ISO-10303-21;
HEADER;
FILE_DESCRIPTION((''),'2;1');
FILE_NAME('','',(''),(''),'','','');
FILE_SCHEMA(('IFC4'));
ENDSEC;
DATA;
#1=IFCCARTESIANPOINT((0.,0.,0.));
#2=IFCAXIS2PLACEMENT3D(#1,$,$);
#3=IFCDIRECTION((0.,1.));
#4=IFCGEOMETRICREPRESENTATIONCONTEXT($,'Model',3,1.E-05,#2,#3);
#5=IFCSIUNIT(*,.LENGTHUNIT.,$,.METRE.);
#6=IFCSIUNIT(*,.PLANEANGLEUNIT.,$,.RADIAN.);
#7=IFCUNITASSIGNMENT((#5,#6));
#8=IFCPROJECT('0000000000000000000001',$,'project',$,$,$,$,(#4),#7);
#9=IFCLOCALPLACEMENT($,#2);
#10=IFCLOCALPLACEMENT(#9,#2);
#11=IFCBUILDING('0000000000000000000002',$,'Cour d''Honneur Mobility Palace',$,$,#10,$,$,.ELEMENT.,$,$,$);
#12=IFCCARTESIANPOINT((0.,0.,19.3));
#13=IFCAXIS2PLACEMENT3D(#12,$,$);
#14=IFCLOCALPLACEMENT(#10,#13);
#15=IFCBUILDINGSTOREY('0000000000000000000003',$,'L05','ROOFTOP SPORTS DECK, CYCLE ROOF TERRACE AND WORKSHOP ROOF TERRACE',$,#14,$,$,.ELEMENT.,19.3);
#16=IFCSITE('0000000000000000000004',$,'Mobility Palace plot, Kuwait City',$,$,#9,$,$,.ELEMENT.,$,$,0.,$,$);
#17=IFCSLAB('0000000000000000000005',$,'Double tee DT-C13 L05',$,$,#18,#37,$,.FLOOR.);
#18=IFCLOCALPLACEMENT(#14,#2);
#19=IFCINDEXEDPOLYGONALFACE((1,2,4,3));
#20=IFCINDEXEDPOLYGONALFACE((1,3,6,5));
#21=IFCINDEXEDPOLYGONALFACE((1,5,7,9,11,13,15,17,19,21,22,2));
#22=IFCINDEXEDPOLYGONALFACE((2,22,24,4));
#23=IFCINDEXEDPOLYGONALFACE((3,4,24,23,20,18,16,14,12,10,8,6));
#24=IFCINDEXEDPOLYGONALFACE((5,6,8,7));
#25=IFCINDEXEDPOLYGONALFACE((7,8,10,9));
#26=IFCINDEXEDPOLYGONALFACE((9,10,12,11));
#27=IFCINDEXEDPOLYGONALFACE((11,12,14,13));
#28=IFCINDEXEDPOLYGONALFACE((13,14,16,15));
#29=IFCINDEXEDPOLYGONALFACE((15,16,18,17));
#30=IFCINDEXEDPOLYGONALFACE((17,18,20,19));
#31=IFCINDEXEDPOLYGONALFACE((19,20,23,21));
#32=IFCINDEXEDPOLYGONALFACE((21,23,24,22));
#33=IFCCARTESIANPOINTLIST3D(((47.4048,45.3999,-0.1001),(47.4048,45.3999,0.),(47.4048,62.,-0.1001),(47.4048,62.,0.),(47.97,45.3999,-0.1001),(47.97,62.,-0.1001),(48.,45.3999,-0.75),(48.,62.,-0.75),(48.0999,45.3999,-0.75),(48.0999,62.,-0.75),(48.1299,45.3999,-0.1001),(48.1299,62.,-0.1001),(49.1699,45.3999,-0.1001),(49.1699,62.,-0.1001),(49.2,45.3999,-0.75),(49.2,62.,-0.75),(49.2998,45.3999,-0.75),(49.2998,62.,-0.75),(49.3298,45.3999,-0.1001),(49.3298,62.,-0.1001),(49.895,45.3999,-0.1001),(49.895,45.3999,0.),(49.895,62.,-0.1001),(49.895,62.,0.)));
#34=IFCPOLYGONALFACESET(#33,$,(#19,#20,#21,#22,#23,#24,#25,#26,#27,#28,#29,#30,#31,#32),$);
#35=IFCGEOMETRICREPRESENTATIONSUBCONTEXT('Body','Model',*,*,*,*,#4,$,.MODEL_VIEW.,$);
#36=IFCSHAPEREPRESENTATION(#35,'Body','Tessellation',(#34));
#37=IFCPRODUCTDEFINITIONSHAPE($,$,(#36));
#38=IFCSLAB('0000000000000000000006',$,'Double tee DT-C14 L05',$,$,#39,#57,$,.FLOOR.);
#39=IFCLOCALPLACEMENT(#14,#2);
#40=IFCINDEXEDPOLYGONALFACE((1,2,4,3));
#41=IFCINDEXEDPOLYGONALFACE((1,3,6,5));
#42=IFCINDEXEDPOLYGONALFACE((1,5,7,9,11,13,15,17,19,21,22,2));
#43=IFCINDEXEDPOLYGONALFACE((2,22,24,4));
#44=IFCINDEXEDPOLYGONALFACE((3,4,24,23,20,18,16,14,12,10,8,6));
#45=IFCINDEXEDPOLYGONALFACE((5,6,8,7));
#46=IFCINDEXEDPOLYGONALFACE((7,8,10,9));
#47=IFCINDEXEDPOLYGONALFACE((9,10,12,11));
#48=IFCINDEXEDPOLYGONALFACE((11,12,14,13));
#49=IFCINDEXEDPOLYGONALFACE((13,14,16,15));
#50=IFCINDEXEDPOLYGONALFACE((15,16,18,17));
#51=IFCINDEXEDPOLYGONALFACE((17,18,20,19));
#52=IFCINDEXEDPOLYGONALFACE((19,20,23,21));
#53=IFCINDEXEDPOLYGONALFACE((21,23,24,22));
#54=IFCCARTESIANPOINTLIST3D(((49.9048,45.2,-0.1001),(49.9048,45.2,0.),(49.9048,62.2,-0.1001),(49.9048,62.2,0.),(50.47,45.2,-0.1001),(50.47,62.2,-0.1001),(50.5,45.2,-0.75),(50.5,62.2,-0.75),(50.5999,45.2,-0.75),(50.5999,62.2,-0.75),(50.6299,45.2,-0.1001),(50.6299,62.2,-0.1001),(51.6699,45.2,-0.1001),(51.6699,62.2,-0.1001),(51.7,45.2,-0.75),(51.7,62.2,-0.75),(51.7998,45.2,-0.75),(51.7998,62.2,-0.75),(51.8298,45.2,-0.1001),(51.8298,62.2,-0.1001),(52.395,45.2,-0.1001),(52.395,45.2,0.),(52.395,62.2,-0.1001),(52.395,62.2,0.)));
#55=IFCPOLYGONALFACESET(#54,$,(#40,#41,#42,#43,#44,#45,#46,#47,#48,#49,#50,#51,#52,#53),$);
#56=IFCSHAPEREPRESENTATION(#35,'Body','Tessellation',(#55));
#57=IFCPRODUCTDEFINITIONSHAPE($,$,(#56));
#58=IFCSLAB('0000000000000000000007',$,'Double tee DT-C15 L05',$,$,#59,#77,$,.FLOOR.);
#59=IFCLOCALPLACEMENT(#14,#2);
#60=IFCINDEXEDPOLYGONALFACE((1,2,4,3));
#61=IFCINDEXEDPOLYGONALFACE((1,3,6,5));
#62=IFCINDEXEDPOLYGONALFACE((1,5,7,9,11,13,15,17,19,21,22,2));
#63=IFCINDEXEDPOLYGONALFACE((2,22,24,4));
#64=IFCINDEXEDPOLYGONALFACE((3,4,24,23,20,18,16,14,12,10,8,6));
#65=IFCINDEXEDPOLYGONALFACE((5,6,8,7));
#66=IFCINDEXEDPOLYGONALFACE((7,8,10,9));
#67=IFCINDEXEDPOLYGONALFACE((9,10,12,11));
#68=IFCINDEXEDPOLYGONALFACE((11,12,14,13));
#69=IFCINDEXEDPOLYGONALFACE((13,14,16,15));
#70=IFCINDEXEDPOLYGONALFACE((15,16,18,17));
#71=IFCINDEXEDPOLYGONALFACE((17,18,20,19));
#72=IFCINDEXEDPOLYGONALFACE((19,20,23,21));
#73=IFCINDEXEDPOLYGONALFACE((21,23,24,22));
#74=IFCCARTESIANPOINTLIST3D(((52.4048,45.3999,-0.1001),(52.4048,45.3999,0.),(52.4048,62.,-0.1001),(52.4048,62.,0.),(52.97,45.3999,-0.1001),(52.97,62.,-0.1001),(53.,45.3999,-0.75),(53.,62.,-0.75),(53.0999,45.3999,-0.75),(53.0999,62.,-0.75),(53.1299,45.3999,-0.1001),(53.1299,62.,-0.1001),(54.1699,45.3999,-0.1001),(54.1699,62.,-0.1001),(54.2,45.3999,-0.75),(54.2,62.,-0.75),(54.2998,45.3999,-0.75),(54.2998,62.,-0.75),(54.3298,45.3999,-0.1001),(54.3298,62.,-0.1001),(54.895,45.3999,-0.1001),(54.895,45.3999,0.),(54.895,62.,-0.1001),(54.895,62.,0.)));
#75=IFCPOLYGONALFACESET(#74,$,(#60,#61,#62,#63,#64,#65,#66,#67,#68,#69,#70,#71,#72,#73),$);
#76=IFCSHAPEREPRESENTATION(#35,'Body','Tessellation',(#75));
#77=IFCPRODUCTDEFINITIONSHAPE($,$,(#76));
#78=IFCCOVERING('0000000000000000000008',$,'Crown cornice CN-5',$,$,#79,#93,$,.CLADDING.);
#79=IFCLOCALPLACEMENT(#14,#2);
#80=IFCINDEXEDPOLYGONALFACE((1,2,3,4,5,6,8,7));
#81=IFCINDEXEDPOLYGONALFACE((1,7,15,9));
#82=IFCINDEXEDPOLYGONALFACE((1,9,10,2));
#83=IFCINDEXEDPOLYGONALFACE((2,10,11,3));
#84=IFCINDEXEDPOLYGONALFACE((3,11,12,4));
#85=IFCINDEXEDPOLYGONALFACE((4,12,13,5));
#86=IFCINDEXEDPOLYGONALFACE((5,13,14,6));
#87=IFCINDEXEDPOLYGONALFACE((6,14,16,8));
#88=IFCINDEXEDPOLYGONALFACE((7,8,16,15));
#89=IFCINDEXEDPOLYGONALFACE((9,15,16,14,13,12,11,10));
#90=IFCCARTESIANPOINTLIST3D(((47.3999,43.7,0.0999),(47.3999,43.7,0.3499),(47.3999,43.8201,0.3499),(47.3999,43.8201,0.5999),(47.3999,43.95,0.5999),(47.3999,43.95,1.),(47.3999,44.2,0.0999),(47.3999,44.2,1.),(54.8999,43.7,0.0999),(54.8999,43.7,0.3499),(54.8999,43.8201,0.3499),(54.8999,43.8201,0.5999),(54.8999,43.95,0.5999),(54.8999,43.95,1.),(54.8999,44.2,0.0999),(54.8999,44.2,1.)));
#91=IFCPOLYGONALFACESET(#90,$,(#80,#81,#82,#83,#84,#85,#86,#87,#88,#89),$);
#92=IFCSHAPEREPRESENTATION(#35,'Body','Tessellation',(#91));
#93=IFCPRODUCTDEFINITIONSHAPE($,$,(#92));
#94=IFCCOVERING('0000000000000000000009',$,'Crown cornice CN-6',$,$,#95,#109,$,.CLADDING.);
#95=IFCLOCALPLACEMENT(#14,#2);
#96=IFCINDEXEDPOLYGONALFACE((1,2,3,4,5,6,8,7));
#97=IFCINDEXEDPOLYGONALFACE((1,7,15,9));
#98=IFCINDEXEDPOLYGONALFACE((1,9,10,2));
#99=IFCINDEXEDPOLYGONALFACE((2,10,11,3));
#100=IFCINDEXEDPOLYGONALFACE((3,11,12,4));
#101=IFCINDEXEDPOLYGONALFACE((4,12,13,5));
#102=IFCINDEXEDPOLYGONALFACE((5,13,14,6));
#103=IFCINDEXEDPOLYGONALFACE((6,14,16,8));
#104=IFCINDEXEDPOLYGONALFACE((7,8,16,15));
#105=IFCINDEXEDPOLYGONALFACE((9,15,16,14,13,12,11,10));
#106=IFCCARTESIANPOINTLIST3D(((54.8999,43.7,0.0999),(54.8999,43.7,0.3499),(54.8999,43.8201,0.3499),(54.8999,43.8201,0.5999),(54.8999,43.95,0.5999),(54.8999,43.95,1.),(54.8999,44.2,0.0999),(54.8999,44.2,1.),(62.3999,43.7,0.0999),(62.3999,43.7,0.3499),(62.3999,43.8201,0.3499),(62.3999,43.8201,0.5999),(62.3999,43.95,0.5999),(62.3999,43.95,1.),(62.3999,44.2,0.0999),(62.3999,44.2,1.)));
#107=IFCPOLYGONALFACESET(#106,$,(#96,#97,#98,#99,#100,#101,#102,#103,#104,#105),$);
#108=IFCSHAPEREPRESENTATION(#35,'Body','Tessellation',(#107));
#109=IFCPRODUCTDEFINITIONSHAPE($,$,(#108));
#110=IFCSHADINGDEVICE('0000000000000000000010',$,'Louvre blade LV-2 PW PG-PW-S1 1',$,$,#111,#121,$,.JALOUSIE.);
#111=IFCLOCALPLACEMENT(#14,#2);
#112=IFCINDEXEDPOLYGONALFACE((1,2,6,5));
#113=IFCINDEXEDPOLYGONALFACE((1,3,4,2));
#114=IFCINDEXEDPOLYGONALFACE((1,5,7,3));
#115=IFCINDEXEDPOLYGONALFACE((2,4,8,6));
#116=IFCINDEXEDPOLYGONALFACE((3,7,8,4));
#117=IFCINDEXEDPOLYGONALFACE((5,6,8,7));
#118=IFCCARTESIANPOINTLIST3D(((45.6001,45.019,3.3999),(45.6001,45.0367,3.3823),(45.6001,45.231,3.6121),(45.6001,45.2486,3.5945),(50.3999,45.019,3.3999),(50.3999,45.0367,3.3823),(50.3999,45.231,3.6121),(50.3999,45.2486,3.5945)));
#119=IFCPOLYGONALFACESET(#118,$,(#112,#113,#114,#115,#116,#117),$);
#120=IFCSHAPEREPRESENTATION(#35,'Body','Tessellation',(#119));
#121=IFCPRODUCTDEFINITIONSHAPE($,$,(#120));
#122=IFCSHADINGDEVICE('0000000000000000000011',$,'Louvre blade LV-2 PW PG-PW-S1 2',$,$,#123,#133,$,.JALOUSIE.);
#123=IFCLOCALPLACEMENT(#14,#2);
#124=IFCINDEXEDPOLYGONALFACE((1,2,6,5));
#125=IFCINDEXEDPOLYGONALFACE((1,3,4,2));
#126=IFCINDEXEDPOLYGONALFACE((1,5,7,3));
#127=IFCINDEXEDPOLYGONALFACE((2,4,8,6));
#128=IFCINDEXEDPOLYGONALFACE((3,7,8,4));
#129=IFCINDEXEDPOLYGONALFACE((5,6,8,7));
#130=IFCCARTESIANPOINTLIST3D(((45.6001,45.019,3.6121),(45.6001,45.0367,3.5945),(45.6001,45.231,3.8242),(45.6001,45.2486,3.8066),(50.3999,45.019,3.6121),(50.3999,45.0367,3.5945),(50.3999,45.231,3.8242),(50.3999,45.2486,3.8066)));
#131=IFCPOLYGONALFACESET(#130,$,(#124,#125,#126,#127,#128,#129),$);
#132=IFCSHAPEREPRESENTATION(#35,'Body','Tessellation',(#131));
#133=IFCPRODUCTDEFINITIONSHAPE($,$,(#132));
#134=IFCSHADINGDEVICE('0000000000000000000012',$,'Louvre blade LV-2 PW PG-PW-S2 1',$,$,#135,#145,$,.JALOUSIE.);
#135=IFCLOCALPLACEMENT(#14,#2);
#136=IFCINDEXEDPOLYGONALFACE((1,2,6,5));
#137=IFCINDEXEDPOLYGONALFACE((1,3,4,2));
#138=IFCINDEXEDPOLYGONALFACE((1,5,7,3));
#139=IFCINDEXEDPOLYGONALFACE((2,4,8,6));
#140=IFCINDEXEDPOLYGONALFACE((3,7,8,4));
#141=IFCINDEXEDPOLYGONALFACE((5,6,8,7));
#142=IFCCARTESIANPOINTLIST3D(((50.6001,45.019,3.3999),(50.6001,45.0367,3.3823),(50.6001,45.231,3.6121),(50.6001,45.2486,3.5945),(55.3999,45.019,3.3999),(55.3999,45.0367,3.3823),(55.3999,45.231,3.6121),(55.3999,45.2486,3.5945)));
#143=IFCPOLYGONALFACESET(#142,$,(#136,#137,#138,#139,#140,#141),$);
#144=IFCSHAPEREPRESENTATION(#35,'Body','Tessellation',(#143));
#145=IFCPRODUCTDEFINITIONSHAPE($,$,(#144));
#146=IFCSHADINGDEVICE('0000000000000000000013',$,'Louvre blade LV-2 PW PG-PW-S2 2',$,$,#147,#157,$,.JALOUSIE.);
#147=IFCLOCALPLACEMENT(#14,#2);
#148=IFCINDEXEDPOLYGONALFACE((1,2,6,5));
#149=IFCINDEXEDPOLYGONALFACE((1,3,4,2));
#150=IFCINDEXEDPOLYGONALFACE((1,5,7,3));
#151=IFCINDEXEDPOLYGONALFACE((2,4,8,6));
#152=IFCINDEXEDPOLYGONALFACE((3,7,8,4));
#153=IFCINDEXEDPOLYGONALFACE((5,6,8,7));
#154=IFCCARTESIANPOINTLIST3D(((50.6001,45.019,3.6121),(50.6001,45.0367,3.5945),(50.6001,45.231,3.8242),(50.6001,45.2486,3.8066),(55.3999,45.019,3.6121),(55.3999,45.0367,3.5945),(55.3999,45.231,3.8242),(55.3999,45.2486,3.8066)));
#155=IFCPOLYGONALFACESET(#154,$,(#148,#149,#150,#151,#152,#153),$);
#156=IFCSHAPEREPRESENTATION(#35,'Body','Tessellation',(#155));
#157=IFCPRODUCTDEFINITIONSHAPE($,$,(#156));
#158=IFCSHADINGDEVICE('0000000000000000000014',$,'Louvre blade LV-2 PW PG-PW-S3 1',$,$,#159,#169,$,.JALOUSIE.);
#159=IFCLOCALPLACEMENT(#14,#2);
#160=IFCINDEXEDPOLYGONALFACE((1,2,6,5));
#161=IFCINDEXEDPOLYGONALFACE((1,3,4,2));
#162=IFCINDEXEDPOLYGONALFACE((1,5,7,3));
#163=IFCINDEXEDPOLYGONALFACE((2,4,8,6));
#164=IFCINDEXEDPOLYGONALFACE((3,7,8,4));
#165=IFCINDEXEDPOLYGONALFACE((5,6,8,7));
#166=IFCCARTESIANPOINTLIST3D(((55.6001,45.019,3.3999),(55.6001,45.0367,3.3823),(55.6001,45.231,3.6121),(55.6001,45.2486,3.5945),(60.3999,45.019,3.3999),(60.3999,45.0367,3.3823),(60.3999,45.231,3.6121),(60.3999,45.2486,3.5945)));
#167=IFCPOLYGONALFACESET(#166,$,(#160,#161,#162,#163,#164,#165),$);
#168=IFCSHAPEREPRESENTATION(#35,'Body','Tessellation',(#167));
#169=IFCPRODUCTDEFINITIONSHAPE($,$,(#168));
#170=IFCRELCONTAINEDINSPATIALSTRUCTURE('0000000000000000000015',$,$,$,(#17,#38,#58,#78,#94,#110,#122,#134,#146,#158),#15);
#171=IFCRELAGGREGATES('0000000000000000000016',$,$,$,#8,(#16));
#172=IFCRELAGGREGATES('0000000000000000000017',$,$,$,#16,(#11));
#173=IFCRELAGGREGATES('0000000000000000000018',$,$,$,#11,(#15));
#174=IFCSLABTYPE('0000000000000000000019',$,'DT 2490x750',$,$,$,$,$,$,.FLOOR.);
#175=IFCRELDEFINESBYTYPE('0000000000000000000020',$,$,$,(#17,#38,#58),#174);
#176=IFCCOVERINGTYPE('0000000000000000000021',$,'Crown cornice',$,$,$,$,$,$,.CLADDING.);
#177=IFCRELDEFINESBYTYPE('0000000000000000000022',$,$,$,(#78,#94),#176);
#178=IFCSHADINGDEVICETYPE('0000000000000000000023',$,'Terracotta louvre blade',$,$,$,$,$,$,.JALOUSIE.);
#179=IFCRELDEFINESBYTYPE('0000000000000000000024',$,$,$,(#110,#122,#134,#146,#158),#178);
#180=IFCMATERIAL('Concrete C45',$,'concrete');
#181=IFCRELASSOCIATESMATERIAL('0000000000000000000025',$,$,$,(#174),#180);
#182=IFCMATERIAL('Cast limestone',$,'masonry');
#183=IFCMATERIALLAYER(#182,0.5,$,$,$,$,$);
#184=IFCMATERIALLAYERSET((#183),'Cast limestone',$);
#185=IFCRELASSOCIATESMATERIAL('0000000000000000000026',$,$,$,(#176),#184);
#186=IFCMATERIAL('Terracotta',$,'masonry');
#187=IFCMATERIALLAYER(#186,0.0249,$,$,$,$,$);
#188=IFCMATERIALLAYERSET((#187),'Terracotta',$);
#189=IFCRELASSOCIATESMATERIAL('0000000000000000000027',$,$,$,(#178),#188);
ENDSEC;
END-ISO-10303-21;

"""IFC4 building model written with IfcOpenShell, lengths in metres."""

from ifc_helpers import new_model, si_unit, direction, frame, origin, place, context, subcontext, project, spatial, polyline, outline, extrude, material, layer, layer_set, material_profile, profile_set, type_object, element, save


model = new_model("IFC4")

# Units and contexts
model_context = context("Model", 3, precision=1e-05, world=origin(), true_north=direction((0.0, 1.0)))
body_context = subcontext(model_context, "Body", "Model", "MODEL_VIEW")
ifc_project = project(units=[si_unit("LENGTHUNIT", "METRE"), si_unit("PLANEANGLEUNIT", "RADIAN")], contexts=[model_context])

# Site, building, storey
site_placement = place(None, origin())
site = spatial("IfcSite", under=ifc_project, at=site_placement, Name="Mobility Palace plot, Kuwait City", CompositionType="ELEMENT", RefElevation=0.0)
building_placement = place(site_placement, origin())
building = spatial("IfcBuilding", under=site, at=building_placement, Name="Cour d'Honneur Mobility Palace", CompositionType="ELEMENT")
storey_placement = place(building_placement, frame((0.0, 0.0, 19.3)))
storey = spatial("IfcBuildingStorey", under=building, at=storey_placement, Name="L05", Description="ROOFTOP SPORTS DECK, CYCLE ROOF TERRACE AND WORKSHOP ROOF TERRACE", CompositionType="ELEMENT", Elevation=19.3)

# Slabs
ifc_material_1 = material(Name="Concrete C45", Category="concrete")
ifc_material_profile_1 = material_profile(ifc_material_1, outline(polyline([(-1.2451, 0.0), (1.2451, 0.0), (1.2451, -0.1001), (0.6799, -0.1001), (0.6499, -0.75), (0.55, -0.75), (0.52, -0.1001), (-0.52, -0.1001), (-0.55, -0.75), (-0.6499, -0.75), (-0.6799, -0.1001), (-1.2451, -0.1001), (-1.2451, 0.0)])), Name="DT 2490x750")
ifc_profile_set_1 = profile_set([ifc_material_profile_1], Name="Concrete C45")
slab_type = type_object("IfcSlabType", Name="DT 2490x750", PredefinedType="FLOOR", material=ifc_profile_set_1)
for number, where, z_axis, x_axis, name in (
    (1, (48.6499, 45.3999, 0.0), (0.0, 1.0, 0.0), (-1.0, 0.0, 0.0), "Double tee DT-C13 L05"),
):
    element("IfcSlab", number, at=place(storey_placement, frame(where, z_axis=z_axis, x_axis=x_axis)), inside=storey, type_object=slab_type, Name=name, PredefinedType="FLOOR", context=body_context, shape_type="SweptSolid", body=[
        extrude(outline(polyline([(-1.2451, 0.0), (1.2451, 0.0), (1.2451, -0.1001), (0.6799, -0.1001), (0.6499, -0.75), (0.55, -0.75), (0.52, -0.1001), (-0.52, -0.1001), (-0.55, -0.75), (-0.6499, -0.75), (-0.6799, -0.1001), (-1.2451, -0.1001), (-1.2451, 0.0)])), origin(), (0.0, 0.0, 1.0), 16.6001),
    ])
slab_1_placement = place(storey_placement, frame((51.1499, 45.2, 0.0), z_axis=(0.0, 1.0, 0.0), x_axis=(-1.0, 0.0, 0.0)))
element("IfcSlab", 2, at=slab_1_placement, inside=storey, type_object=slab_type, Name="Double tee DT-C14 L05", PredefinedType="FLOOR", context=body_context, shape_type="SweptSolid", body=[
    extrude(outline(polyline([(-1.2451, 0.0), (1.2451, 0.0), (1.2451, -0.1001), (0.6799, -0.1001), (0.6499, -0.75), (0.55, -0.75), (0.52, -0.1001), (-0.52, -0.1001), (-0.55, -0.75), (-0.6499, -0.75), (-0.6799, -0.1001), (-1.2451, -0.1001), (-1.2451, 0.0)])), origin(), (0.0, 0.0, 1.0), 17.0),
])
slab_2_placement = place(storey_placement, frame((53.6499, 45.3999, 0.0), z_axis=(0.0, 1.0, 0.0), x_axis=(-1.0, 0.0, 0.0)))
element("IfcSlab", 3, at=slab_2_placement, inside=storey, type_object=slab_type, Name="Double tee DT-C15 L05", PredefinedType="FLOOR", context=body_context, shape_type="SweptSolid", body=[
    extrude(outline(polyline([(-1.2451, 0.0), (1.2451, 0.0), (1.2451, -0.1001), (0.6799, -0.1001), (0.6499, -0.75), (0.55, -0.75), (0.52, -0.1001), (-0.52, -0.1001), (-0.55, -0.75), (-0.6499, -0.75), (-0.6799, -0.1001), (-1.2451, -0.1001), (-1.2451, 0.0)])), origin(), (0.0, 0.0, 1.0), 16.6001),
])

# Coverings
ifc_material_2 = material(Name="Cast limestone", Category="masonry")
ifc_layer_1 = layer(ifc_material_2, 0.5)
ifc_layer_set_1 = layer_set([ifc_layer_1], Name="Cast limestone")
covering_type = type_object("IfcCoveringType", Name="Crown cornice", PredefinedType="CLADDING", material=ifc_layer_set_1)
for number, where, z_axis, x_axis, name in (
    (4, (47.3999, 44.2, 0.0999), (-1.0, 0.0, 0.0), (0.0, -1.0, 0.0), "Crown cornice CN-5"),
    (5, (54.8999, 44.2, 0.0999), (-1.0, 0.0, 0.0), (0.0, -1.0, 0.0), "Crown cornice CN-6"),
):
    element("IfcCovering", number, at=place(storey_placement, frame(where, z_axis=z_axis, x_axis=x_axis)), inside=storey, type_object=covering_type, Name=name, PredefinedType="CLADDING", context=body_context, shape_type="SweptSolid", body=[
        extrude(outline(polyline([(0.0, 0.0), (0.5, 0.0), (0.5, 0.25), (0.3799, 0.25), (0.3799, 0.5), (0.25, 0.5), (0.25, 0.9001), (0.0, 0.9001), (0.0, 0.0)])), origin(), (0.0, 0.0, -1.0), 7.5),
    ])

# Shading devices
ifc_material_3 = material(Name="Terracotta", Category="masonry")
ifc_layer_2 = layer(ifc_material_3, 0.0249)
ifc_layer_set_2 = layer_set([ifc_layer_2], Name="Terracotta")
shading_device_type = type_object("IfcShadingDeviceType", Name="Terracotta louvre blade", PredefinedType="JALOUSIE", material=ifc_layer_set_2)
for number, where, z_axis, x_axis, name in (
    (6, (45.6001, 45.019, 3.3999), (0.0, -0.707514, 0.7067), (1.0, 0.0, 0.0), "Louvre blade LV-2 PW PG-PW-S1 1"),
    (7, (45.6001, 45.019, 3.6121), (0.0, -0.707514, 0.7067), (1.0, 0.0, 0.0), "Louvre blade LV-2 PW PG-PW-S1 2"),
    (8, (50.6001, 45.019, 3.3999), (0.0, -0.707514, 0.7067), (1.0, 0.0, 0.0), "Louvre blade LV-2 PW PG-PW-S2 1"),
    (9, (50.6001, 45.019, 3.6121), (0.0, -0.707514, 0.7067), (1.0, 0.0, 0.0), "Louvre blade LV-2 PW PG-PW-S2 2"),
    (10, (55.6001, 45.019, 3.3999), (0.0, -0.707514, 0.7067), (1.0, 0.0, 0.0), "Louvre blade LV-2 PW PG-PW-S3 1"),
):
    element("IfcShadingDevice", number, at=place(storey_placement, frame(where, z_axis=z_axis, x_axis=x_axis)), inside=storey, type_object=shading_device_type, Name=name, PredefinedType="JALOUSIE", context=body_context, shape_type="SweptSolid", body=[
        extrude(outline(polyline([(0.0, 0.0), (4.7998, 0.0), (4.7998, 0.2999), (0.0, 0.2999), (0.0, 0.0)])), origin(), (0.0, 0.0, -1.0), 0.0249),
    ])

save(model, "model.ifc")
